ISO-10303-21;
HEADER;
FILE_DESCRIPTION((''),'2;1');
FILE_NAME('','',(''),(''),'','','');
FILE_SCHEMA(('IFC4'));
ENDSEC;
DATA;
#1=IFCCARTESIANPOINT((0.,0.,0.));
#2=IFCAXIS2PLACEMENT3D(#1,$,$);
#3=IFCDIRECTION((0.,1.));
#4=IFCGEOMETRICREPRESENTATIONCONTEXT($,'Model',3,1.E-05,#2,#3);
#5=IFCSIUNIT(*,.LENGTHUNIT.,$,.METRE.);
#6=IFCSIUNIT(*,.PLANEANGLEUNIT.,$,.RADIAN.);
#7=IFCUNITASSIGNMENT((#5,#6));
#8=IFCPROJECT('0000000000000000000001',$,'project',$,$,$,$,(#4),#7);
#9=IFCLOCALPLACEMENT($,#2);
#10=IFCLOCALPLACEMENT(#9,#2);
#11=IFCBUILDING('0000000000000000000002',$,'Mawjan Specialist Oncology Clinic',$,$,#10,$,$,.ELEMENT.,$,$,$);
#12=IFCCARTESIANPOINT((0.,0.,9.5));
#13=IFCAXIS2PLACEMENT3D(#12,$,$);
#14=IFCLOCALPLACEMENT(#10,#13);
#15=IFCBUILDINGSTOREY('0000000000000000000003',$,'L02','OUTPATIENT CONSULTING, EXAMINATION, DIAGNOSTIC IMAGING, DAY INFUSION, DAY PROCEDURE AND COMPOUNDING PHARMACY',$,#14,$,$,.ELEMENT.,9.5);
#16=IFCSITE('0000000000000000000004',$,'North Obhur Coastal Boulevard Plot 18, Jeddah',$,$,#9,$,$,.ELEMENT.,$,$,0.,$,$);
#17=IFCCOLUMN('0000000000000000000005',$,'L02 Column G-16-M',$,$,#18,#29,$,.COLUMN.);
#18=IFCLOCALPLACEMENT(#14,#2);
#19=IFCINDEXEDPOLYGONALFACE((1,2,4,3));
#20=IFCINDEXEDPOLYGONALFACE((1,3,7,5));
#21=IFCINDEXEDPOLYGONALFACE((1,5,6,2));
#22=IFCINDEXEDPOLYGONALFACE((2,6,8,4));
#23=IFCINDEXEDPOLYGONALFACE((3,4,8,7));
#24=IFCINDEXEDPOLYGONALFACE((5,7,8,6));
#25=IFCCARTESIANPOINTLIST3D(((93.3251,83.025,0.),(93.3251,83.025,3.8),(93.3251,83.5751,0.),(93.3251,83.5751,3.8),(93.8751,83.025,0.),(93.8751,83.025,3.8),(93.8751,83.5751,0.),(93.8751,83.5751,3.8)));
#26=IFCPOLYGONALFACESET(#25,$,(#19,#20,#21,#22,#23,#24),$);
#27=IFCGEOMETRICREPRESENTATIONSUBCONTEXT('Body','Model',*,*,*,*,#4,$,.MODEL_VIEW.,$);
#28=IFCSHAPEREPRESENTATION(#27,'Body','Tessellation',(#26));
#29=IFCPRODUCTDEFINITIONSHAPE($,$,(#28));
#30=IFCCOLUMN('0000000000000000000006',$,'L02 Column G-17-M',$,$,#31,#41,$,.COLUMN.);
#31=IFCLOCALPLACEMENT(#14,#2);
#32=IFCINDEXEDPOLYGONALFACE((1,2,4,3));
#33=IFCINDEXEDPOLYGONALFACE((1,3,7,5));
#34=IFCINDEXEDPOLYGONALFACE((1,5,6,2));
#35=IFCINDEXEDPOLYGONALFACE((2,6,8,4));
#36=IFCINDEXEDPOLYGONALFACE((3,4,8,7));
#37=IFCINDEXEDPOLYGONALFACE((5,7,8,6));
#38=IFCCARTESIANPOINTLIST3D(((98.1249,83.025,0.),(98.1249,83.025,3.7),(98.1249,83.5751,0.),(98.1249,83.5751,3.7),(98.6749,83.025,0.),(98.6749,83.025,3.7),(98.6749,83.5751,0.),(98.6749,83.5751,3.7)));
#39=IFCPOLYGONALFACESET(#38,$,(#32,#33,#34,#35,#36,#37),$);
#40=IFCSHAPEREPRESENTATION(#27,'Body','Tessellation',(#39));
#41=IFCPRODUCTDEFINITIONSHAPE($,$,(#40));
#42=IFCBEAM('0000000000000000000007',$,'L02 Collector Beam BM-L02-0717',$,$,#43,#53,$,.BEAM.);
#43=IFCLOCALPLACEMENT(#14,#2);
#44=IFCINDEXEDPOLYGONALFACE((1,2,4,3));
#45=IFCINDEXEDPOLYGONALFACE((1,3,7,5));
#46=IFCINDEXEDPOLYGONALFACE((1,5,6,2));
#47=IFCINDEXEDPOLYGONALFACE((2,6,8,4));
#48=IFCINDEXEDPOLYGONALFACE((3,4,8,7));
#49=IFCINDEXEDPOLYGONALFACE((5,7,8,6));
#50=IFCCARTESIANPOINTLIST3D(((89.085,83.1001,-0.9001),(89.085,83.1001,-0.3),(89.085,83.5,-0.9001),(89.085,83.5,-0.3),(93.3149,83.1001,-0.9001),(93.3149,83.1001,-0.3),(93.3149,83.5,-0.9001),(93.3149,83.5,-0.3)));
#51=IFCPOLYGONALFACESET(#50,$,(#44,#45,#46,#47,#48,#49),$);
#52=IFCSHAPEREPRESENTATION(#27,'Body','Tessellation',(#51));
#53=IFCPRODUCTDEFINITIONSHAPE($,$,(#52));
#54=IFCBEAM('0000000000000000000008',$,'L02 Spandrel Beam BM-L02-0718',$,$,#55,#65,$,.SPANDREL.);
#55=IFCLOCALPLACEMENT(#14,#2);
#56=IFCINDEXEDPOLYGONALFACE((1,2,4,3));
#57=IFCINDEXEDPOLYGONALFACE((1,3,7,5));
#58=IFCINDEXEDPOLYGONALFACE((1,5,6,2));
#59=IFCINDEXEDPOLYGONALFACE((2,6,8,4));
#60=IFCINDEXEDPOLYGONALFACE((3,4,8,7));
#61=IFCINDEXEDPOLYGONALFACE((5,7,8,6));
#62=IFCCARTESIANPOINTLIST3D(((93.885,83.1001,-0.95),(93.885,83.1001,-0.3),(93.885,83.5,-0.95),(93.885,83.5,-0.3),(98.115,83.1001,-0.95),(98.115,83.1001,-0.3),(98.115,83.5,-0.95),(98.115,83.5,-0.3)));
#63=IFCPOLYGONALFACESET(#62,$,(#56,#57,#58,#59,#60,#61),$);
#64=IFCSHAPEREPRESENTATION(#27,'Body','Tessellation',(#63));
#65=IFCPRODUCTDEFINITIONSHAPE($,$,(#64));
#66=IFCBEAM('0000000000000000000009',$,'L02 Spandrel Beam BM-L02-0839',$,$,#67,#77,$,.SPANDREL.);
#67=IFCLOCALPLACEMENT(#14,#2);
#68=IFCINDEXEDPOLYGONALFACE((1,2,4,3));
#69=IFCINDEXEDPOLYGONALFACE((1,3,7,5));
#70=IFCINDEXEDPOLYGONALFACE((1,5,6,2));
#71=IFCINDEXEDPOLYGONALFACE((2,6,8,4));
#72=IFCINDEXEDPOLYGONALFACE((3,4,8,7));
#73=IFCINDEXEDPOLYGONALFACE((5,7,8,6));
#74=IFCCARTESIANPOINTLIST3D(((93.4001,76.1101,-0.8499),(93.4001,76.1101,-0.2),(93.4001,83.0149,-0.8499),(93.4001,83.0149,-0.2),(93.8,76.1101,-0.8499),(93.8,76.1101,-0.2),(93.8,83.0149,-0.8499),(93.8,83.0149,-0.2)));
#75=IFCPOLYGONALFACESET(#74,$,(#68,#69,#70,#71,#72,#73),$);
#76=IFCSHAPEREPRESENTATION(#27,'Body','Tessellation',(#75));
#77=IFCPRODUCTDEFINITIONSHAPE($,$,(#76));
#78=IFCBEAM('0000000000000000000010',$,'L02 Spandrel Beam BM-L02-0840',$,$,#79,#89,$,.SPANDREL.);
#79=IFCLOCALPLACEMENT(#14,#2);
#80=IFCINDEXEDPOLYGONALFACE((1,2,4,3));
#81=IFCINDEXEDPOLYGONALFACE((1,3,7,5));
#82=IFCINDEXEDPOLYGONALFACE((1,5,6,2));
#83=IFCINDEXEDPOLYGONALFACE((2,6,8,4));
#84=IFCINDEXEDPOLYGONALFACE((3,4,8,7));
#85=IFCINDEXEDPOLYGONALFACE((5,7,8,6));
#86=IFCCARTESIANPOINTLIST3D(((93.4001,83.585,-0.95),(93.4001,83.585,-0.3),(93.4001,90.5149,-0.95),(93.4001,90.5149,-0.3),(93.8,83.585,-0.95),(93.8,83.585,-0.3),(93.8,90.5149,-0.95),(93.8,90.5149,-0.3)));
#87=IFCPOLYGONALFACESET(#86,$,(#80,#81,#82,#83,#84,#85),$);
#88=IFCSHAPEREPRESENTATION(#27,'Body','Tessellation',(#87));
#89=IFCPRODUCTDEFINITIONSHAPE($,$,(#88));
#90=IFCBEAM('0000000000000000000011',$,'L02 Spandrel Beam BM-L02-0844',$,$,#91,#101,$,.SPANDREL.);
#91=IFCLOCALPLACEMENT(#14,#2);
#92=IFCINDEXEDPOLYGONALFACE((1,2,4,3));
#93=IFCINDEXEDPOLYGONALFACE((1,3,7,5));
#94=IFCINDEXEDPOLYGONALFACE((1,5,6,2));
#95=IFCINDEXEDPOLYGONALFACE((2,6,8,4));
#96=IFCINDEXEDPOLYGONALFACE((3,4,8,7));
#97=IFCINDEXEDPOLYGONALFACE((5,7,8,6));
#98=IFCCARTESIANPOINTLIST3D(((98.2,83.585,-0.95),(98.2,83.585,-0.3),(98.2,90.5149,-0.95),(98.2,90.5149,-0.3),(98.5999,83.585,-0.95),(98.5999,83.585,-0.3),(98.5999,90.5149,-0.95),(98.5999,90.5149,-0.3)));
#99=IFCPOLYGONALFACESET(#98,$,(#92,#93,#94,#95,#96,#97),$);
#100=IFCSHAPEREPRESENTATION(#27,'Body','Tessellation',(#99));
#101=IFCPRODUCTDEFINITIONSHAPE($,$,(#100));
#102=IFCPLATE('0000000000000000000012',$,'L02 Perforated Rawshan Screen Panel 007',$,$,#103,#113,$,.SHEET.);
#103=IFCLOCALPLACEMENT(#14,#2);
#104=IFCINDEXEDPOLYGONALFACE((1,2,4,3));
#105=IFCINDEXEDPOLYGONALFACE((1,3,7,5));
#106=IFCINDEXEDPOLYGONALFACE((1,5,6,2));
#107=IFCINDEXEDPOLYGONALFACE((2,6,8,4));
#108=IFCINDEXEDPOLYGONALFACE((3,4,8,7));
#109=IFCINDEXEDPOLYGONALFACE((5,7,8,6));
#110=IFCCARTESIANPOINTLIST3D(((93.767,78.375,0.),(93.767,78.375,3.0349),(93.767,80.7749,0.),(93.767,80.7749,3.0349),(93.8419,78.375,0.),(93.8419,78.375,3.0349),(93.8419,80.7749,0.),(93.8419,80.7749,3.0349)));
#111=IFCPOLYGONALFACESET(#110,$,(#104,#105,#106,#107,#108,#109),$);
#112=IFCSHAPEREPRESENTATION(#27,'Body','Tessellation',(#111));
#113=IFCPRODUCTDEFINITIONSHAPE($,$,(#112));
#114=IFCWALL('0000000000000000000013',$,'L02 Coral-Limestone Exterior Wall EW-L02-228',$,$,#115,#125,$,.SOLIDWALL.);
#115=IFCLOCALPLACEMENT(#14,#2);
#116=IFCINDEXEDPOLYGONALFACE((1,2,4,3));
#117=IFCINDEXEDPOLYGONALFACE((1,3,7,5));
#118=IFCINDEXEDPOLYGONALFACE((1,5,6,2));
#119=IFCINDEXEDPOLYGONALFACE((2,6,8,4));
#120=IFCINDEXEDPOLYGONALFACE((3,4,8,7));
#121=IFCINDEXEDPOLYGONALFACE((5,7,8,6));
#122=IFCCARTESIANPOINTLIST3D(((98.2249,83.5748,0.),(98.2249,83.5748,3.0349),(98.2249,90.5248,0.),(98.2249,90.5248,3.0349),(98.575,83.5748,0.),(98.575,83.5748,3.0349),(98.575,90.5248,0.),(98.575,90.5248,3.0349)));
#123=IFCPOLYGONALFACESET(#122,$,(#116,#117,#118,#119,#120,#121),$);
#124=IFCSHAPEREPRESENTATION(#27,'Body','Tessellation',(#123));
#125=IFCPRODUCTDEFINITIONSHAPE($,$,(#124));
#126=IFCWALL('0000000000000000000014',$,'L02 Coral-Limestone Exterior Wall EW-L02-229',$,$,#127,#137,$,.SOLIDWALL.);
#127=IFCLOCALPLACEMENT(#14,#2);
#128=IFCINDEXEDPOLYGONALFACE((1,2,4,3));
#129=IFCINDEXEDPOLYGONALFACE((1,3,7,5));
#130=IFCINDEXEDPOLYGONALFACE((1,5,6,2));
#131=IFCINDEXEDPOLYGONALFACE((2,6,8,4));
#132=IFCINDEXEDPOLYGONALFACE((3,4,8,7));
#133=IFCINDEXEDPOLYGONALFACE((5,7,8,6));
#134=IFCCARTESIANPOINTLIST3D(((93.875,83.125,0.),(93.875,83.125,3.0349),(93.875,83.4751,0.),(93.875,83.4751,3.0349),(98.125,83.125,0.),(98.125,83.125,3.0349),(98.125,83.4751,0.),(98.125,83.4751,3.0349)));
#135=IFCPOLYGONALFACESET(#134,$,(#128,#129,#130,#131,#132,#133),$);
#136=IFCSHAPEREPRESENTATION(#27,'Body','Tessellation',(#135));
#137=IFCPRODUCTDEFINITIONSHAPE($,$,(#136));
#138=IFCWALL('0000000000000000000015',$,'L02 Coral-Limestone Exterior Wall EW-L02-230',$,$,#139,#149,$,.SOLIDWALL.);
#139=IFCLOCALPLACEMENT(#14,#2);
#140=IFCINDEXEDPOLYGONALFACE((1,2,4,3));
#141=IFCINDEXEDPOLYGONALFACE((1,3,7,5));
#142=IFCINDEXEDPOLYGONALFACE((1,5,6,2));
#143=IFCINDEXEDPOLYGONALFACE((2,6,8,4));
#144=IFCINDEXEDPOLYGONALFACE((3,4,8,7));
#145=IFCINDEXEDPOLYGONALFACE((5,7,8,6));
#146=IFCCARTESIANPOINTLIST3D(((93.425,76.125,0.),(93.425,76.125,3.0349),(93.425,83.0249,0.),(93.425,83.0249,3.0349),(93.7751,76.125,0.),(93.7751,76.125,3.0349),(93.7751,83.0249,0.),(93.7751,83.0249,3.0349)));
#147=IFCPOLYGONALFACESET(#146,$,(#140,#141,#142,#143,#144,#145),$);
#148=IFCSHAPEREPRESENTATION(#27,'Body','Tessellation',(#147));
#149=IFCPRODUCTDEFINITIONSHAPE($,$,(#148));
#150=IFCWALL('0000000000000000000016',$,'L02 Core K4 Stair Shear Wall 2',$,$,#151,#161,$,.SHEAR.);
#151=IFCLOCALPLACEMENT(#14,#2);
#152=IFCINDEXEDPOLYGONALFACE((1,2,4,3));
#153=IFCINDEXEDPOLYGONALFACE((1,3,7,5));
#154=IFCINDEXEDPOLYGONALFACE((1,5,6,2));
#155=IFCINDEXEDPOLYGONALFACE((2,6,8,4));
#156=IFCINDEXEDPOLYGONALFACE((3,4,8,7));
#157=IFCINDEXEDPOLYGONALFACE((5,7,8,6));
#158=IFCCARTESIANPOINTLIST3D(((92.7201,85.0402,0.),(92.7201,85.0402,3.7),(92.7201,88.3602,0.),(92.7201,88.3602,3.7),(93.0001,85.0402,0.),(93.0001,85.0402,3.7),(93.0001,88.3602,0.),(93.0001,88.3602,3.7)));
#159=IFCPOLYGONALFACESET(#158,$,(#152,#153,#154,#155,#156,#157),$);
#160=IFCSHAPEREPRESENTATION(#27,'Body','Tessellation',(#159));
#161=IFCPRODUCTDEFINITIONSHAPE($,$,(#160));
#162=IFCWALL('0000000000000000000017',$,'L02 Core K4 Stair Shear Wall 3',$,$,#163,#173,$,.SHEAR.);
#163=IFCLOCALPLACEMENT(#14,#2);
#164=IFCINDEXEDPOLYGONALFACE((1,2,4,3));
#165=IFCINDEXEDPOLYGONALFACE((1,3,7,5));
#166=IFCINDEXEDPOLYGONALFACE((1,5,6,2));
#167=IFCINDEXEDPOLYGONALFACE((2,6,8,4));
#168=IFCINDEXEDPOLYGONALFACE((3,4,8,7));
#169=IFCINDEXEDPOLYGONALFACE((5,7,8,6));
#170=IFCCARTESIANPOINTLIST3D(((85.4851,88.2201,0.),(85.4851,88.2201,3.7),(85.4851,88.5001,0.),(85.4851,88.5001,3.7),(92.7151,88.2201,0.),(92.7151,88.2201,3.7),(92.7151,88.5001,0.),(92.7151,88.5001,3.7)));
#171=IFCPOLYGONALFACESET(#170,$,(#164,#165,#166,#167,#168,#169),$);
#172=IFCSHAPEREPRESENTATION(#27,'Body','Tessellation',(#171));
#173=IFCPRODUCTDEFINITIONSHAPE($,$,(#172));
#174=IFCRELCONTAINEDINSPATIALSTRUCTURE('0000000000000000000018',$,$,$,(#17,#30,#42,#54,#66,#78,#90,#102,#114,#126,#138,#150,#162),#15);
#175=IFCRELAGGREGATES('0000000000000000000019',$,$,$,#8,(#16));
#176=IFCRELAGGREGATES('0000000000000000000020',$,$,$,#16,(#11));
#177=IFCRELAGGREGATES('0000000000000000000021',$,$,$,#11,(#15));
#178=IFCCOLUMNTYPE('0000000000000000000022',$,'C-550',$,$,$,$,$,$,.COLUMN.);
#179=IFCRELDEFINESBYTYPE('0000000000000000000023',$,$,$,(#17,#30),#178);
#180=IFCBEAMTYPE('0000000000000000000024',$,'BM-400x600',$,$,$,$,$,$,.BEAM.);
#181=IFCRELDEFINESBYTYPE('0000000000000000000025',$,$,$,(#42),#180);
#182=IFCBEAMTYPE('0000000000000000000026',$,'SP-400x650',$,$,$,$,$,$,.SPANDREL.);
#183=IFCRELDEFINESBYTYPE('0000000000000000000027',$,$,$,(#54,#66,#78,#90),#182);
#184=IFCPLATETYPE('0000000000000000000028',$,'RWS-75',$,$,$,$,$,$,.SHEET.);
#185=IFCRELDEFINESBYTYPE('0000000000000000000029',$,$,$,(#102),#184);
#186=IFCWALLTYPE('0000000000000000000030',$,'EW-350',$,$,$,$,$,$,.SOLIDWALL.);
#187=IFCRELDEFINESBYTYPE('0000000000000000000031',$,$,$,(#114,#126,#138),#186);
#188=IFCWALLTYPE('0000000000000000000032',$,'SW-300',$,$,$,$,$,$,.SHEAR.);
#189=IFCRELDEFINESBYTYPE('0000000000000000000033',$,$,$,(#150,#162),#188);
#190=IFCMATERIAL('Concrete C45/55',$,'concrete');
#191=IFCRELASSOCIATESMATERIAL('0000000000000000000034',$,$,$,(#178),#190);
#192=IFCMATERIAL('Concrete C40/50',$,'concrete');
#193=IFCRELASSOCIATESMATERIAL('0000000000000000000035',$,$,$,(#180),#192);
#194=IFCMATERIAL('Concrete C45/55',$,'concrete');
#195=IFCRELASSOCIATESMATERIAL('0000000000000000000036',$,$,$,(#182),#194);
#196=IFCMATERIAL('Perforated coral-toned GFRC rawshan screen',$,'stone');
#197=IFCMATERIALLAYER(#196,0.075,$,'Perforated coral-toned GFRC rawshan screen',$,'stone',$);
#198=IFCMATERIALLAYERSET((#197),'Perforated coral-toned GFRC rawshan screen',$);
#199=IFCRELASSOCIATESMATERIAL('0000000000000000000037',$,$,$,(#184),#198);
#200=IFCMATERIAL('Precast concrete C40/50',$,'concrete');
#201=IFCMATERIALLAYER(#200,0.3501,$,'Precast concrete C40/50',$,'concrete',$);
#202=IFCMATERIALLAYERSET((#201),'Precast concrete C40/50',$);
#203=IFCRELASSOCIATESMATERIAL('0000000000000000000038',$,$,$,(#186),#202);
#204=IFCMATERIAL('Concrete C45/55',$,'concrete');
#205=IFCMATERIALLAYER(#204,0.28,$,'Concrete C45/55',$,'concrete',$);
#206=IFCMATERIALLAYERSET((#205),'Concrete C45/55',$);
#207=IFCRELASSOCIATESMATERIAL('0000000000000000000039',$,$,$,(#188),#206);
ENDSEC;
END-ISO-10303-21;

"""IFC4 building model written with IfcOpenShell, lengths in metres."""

from ifc_helpers import new_model, si_unit, direction, frame, frame_2d, origin, origin_2d, place, context, subcontext, project, spatial, rectangle, extrude, material, layer, layer_set, material_profile, profile_set, type_object, element, save


model = new_model("IFC4")

# Units and contexts
model_context = context("Model", 3, precision=1e-05, world=origin(), true_north=direction((0.0, 1.0)))
body_context = subcontext(model_context, "Body", "Model", "MODEL_VIEW")
ifc_project = project(units=[si_unit("LENGTHUNIT", "METRE"), si_unit("PLANEANGLEUNIT", "RADIAN")], contexts=[model_context])

# Site, building, storey
site_placement = place(None, origin())
site = spatial("IfcSite", under=ifc_project, at=site_placement, Name="North Obhur Coastal Boulevard Plot 18, Jeddah", CompositionType="ELEMENT", RefElevation=0.0)
building_placement = place(site_placement, origin())
building = spatial("IfcBuilding", under=site, at=building_placement, Name="Mawjan Specialist Oncology Clinic", CompositionType="ELEMENT")
storey_placement = place(building_placement, frame((0.0, 0.0, 9.5)))
storey = spatial("IfcBuildingStorey", under=building, at=storey_placement, Name="L02", Description="OUTPATIENT CONSULTING, EXAMINATION, DIAGNOSTIC IMAGING, DAY INFUSION, DAY PROCEDURE AND COMPOUNDING PHARMACY", CompositionType="ELEMENT", Elevation=9.5)

# Columns
ifc_material_1 = material(Name="Concrete C45/55", Category="concrete")
ifc_material_profile_1 = material_profile(ifc_material_1, rectangle(XDim=0.55, YDim=0.55, at=origin_2d()), Name="RC COL 550x550", Category="concrete")
ifc_profile_set_1 = profile_set([ifc_material_profile_1], Name="Concrete C45/55")
column_type = type_object("IfcColumnType", Name="C-550", PredefinedType="COLUMN", material=ifc_profile_set_1)
column_1_placement = place(storey_placement, frame((93.6001, 83.3, 0.0), z_axis=(0.0, 0.0, 1.0), x_axis=(1.0, 0.0, 0.0)))
element("IfcColumn", 1, at=column_1_placement, inside=storey, type_object=column_type, Name="L02 Column G-16-M", PredefinedType="COLUMN", context=body_context, shape_type="SweptSolid", body=[
    extrude(rectangle(XDim=0.55, YDim=0.55, at=origin_2d()), origin(), (0.0, 0.0, 1.0), 3.8),
])
column_2_placement = place(storey_placement, frame((98.3999, 83.3, 0.0), z_axis=(0.0, 0.0, 1.0), x_axis=(1.0, 0.0, 0.0)))
element("IfcColumn", 2, at=column_2_placement, inside=storey, type_object=column_type, Name="L02 Column G-17-M", PredefinedType="COLUMN", context=body_context, shape_type="SweptSolid", body=[
    extrude(rectangle(XDim=0.55, YDim=0.55, at=origin_2d()), origin(), (0.0, 0.0, 1.0), 3.7),
])

# Beams
ifc_material_2 = material(Name="Concrete C40/50", Category="concrete")
ifc_material_profile_2 = material_profile(ifc_material_2, rectangle(XDim=0.3999, YDim=0.6001, at=origin_2d()), Name="RC BM 400x600", Category="concrete")
ifc_profile_set_2 = profile_set([ifc_material_profile_2], Name="Concrete C40/50")
beam_type_1 = type_object("IfcBeamType", Name="BM-400x600", PredefinedType="BEAM", material=ifc_profile_set_2)
beam_1_placement = place(storey_placement, frame((89.085, 83.3, -0.6001), z_axis=(1.0, 0.0, 0.0), x_axis=(0.0, 1.0, 0.0)))
element("IfcBeam", 3, at=beam_1_placement, inside=storey, type_object=beam_type_1, Name="L02 Collector Beam BM-L02-0717", PredefinedType="BEAM", context=body_context, shape_type="SweptSolid", body=[
    extrude(rectangle(XDim=0.3999, YDim=0.6001, at=origin_2d()), origin(), (0.0, 0.0, 1.0), 4.23),
])
ifc_material_3 = material(Name="Concrete C45/55", Category="concrete")
ifc_material_profile_3 = material_profile(ifc_material_3, rectangle(XDim=0.3999, YDim=0.6499, at=origin_2d()), Name="RC BM 400x650", Category="concrete")
ifc_profile_set_3 = profile_set([ifc_material_profile_3], Name="Concrete C45/55")
beam_type_2 = type_object("IfcBeamType", Name="SP-400x650", PredefinedType="SPANDREL", material=ifc_profile_set_3)
beam_2_placement = place(storey_placement, frame((93.885, 83.3, -0.625), z_axis=(1.0, 0.0, 0.0), x_axis=(0.0, 1.0, 0.0)))
element("IfcBeam", 4, at=beam_2_placement, inside=storey, type_object=beam_type_2, Name="L02 Spandrel Beam BM-L02-0718", PredefinedType="SPANDREL", context=body_context, shape_type="SweptSolid", body=[
    extrude(rectangle(XDim=0.3999, YDim=0.6499, at=origin_2d()), origin(), (0.0, 0.0, 1.0), 4.23),
])
beam_3_placement = place(storey_placement, frame((93.6001, 76.1101, -0.5249), z_axis=(0.0, 1.0, 0.0), x_axis=(-1.0, 0.0, 0.0)))
element("IfcBeam", 5, at=beam_3_placement, inside=storey, type_object=beam_type_2, Name="L02 Spandrel Beam BM-L02-0839", PredefinedType="SPANDREL", context=body_context, shape_type="SweptSolid", body=[
    extrude(rectangle(XDim=0.3999, YDim=0.6499, at=origin_2d()), origin(), (0.0, 0.0, 1.0), 6.9048),
])
for number, where, z_axis, x_axis, name in (
    (6, (93.6001, 83.585, -0.625), (0.0, 1.0, 0.0), (-1.0, 0.0, 0.0), "L02 Spandrel Beam BM-L02-0840"),
    (7, (98.3999, 83.585, -0.625), (0.0, 1.0, 0.0), (-1.0, 0.0, 0.0), "L02 Spandrel Beam BM-L02-0844"),
):
    element("IfcBeam", number, at=place(storey_placement, frame(where, z_axis=z_axis, x_axis=x_axis)), inside=storey, type_object=beam_type_2, Name=name, PredefinedType="SPANDREL", context=body_context, shape_type="SweptSolid", body=[
        extrude(rectangle(XDim=0.3999, YDim=0.6499, at=origin_2d()), origin(), (0.0, 0.0, 1.0), 6.9299),
    ])

# Plate
ifc_material_4 = material(Name="Perforated coral-toned GFRC rawshan screen", Category="stone")
ifc_layer_1 = layer(ifc_material_4, 0.075, Name="Perforated coral-toned GFRC rawshan screen", Category="stone")
ifc_layer_set_1 = layer_set([ifc_layer_1], Name="Perforated coral-toned GFRC rawshan screen")
plate_type = type_object("IfcPlateType", Name="RWS-75", PredefinedType="SHEET", material=ifc_layer_set_1)
plate_placement = place(storey_placement, frame((93.8044, 79.575, 0.0), z_axis=(0.0, 0.0, 1.0), x_axis=(0.0, -1.0, 0.0)))
element("IfcPlate", 8, at=plate_placement, inside=storey, type_object=plate_type, Name="L02 Perforated Rawshan Screen Panel 007", PredefinedType="SHEET", context=body_context, shape_type="SweptSolid", body=[
    extrude(rectangle(XDim=2.3999, YDim=0.075, at=origin_2d()), origin(), (0.0, 0.0, 1.0), 3.0349),
])

# Walls
ifc_material_5 = material(Name="Precast concrete C40/50", Category="concrete")
ifc_layer_2 = layer(ifc_material_5, 0.3501, Name="Precast concrete C40/50", Category="concrete")
ifc_layer_set_2 = layer_set([ifc_layer_2], Name="Precast concrete C40/50")
wall_type_1 = type_object("IfcWallType", Name="EW-350", PredefinedType="SOLIDWALL", material=ifc_layer_set_2)
wall_1_placement = place(storey_placement, frame((98.3999, 90.5249, 0.0), z_axis=(0.0, 0.0, 1.0), x_axis=(0.0, -1.0, 0.0)))
element("IfcWall", 9, at=wall_1_placement, inside=storey, type_object=wall_type_1, Name="L02 Coral-Limestone Exterior Wall EW-L02-228", PredefinedType="SOLIDWALL", context=body_context, shape_type="SweptSolid", body=[
    extrude(rectangle(XDim=6.95, YDim=0.3501, at=frame_2d((3.4751, 0.0))), origin(), (0.0, 0.0, 1.0), 3.0349),
])
wall_2_placement = place(storey_placement, frame((98.125, 83.3, 0.0), z_axis=(0.0, 0.0, 1.0), x_axis=(-1.0, 0.0, 0.0)))
element("IfcWall", 10, at=wall_2_placement, inside=storey, type_object=wall_type_1, Name="L02 Coral-Limestone Exterior Wall EW-L02-229", PredefinedType="SOLIDWALL", context=body_context, shape_type="SweptSolid", body=[
    extrude(rectangle(XDim=4.25, YDim=0.3501, at=frame_2d((2.125, 0.0))), origin(), (0.0, 0.0, 1.0), 3.0349),
])
wall_3_placement = place(storey_placement, frame((93.6001, 83.0249, 0.0), z_axis=(0.0, 0.0, 1.0), x_axis=(0.0, -1.0, 0.0)))
element("IfcWall", 11, at=wall_3_placement, inside=storey, type_object=wall_type_1, Name="L02 Coral-Limestone Exterior Wall EW-L02-230", PredefinedType="SOLIDWALL", context=body_context, shape_type="SweptSolid", body=[
    extrude(rectangle(XDim=6.8999, YDim=0.3501, at=frame_2d((3.45, 0.0))), origin(), (0.0, 0.0, 1.0), 3.0349),
])
ifc_material_6 = material(Name="Concrete C45/55", Category="concrete")
ifc_layer_3 = layer(ifc_material_6, 0.28, Name="Concrete C45/55", Category="concrete")
ifc_layer_set_3 = layer_set([ifc_layer_3], Name="Concrete C45/55")
wall_type_2 = type_object("IfcWallType", Name="SW-300", PredefinedType="SHEAR", material=ifc_layer_set_3)
wall_4_placement = place(storey_placement, frame((92.8601, 85.04, 0.0), z_axis=(0.0, 0.0, 1.0), x_axis=(0.0, 1.0, 0.0)))
element("IfcWall", 12, at=wall_4_placement, inside=storey, type_object=wall_type_2, Name="L02 Core K4 Stair Shear Wall 2", PredefinedType="SHEAR", context=body_context, shape_type="SweptSolid", body=[
    extrude(rectangle(XDim=3.3201, YDim=0.28, at=frame_2d((1.6602, 0.0))), origin(), (0.0, 0.0, 1.0), 3.7),
])
wall_5_placement = place(storey_placement, frame((92.7151, 88.3601, 0.0), z_axis=(0.0, 0.0, 1.0), x_axis=(-1.0, 0.0, 0.0)))
element("IfcWall", 13, at=wall_5_placement, inside=storey, type_object=wall_type_2, Name="L02 Core K4 Stair Shear Wall 3", PredefinedType="SHEAR", context=body_context, shape_type="SweptSolid", body=[
    extrude(rectangle(XDim=7.23, YDim=0.28, at=frame_2d((3.615, 0.0))), origin(), (0.0, 0.0, 1.0), 3.7),
])

save(model, "model.ifc")
